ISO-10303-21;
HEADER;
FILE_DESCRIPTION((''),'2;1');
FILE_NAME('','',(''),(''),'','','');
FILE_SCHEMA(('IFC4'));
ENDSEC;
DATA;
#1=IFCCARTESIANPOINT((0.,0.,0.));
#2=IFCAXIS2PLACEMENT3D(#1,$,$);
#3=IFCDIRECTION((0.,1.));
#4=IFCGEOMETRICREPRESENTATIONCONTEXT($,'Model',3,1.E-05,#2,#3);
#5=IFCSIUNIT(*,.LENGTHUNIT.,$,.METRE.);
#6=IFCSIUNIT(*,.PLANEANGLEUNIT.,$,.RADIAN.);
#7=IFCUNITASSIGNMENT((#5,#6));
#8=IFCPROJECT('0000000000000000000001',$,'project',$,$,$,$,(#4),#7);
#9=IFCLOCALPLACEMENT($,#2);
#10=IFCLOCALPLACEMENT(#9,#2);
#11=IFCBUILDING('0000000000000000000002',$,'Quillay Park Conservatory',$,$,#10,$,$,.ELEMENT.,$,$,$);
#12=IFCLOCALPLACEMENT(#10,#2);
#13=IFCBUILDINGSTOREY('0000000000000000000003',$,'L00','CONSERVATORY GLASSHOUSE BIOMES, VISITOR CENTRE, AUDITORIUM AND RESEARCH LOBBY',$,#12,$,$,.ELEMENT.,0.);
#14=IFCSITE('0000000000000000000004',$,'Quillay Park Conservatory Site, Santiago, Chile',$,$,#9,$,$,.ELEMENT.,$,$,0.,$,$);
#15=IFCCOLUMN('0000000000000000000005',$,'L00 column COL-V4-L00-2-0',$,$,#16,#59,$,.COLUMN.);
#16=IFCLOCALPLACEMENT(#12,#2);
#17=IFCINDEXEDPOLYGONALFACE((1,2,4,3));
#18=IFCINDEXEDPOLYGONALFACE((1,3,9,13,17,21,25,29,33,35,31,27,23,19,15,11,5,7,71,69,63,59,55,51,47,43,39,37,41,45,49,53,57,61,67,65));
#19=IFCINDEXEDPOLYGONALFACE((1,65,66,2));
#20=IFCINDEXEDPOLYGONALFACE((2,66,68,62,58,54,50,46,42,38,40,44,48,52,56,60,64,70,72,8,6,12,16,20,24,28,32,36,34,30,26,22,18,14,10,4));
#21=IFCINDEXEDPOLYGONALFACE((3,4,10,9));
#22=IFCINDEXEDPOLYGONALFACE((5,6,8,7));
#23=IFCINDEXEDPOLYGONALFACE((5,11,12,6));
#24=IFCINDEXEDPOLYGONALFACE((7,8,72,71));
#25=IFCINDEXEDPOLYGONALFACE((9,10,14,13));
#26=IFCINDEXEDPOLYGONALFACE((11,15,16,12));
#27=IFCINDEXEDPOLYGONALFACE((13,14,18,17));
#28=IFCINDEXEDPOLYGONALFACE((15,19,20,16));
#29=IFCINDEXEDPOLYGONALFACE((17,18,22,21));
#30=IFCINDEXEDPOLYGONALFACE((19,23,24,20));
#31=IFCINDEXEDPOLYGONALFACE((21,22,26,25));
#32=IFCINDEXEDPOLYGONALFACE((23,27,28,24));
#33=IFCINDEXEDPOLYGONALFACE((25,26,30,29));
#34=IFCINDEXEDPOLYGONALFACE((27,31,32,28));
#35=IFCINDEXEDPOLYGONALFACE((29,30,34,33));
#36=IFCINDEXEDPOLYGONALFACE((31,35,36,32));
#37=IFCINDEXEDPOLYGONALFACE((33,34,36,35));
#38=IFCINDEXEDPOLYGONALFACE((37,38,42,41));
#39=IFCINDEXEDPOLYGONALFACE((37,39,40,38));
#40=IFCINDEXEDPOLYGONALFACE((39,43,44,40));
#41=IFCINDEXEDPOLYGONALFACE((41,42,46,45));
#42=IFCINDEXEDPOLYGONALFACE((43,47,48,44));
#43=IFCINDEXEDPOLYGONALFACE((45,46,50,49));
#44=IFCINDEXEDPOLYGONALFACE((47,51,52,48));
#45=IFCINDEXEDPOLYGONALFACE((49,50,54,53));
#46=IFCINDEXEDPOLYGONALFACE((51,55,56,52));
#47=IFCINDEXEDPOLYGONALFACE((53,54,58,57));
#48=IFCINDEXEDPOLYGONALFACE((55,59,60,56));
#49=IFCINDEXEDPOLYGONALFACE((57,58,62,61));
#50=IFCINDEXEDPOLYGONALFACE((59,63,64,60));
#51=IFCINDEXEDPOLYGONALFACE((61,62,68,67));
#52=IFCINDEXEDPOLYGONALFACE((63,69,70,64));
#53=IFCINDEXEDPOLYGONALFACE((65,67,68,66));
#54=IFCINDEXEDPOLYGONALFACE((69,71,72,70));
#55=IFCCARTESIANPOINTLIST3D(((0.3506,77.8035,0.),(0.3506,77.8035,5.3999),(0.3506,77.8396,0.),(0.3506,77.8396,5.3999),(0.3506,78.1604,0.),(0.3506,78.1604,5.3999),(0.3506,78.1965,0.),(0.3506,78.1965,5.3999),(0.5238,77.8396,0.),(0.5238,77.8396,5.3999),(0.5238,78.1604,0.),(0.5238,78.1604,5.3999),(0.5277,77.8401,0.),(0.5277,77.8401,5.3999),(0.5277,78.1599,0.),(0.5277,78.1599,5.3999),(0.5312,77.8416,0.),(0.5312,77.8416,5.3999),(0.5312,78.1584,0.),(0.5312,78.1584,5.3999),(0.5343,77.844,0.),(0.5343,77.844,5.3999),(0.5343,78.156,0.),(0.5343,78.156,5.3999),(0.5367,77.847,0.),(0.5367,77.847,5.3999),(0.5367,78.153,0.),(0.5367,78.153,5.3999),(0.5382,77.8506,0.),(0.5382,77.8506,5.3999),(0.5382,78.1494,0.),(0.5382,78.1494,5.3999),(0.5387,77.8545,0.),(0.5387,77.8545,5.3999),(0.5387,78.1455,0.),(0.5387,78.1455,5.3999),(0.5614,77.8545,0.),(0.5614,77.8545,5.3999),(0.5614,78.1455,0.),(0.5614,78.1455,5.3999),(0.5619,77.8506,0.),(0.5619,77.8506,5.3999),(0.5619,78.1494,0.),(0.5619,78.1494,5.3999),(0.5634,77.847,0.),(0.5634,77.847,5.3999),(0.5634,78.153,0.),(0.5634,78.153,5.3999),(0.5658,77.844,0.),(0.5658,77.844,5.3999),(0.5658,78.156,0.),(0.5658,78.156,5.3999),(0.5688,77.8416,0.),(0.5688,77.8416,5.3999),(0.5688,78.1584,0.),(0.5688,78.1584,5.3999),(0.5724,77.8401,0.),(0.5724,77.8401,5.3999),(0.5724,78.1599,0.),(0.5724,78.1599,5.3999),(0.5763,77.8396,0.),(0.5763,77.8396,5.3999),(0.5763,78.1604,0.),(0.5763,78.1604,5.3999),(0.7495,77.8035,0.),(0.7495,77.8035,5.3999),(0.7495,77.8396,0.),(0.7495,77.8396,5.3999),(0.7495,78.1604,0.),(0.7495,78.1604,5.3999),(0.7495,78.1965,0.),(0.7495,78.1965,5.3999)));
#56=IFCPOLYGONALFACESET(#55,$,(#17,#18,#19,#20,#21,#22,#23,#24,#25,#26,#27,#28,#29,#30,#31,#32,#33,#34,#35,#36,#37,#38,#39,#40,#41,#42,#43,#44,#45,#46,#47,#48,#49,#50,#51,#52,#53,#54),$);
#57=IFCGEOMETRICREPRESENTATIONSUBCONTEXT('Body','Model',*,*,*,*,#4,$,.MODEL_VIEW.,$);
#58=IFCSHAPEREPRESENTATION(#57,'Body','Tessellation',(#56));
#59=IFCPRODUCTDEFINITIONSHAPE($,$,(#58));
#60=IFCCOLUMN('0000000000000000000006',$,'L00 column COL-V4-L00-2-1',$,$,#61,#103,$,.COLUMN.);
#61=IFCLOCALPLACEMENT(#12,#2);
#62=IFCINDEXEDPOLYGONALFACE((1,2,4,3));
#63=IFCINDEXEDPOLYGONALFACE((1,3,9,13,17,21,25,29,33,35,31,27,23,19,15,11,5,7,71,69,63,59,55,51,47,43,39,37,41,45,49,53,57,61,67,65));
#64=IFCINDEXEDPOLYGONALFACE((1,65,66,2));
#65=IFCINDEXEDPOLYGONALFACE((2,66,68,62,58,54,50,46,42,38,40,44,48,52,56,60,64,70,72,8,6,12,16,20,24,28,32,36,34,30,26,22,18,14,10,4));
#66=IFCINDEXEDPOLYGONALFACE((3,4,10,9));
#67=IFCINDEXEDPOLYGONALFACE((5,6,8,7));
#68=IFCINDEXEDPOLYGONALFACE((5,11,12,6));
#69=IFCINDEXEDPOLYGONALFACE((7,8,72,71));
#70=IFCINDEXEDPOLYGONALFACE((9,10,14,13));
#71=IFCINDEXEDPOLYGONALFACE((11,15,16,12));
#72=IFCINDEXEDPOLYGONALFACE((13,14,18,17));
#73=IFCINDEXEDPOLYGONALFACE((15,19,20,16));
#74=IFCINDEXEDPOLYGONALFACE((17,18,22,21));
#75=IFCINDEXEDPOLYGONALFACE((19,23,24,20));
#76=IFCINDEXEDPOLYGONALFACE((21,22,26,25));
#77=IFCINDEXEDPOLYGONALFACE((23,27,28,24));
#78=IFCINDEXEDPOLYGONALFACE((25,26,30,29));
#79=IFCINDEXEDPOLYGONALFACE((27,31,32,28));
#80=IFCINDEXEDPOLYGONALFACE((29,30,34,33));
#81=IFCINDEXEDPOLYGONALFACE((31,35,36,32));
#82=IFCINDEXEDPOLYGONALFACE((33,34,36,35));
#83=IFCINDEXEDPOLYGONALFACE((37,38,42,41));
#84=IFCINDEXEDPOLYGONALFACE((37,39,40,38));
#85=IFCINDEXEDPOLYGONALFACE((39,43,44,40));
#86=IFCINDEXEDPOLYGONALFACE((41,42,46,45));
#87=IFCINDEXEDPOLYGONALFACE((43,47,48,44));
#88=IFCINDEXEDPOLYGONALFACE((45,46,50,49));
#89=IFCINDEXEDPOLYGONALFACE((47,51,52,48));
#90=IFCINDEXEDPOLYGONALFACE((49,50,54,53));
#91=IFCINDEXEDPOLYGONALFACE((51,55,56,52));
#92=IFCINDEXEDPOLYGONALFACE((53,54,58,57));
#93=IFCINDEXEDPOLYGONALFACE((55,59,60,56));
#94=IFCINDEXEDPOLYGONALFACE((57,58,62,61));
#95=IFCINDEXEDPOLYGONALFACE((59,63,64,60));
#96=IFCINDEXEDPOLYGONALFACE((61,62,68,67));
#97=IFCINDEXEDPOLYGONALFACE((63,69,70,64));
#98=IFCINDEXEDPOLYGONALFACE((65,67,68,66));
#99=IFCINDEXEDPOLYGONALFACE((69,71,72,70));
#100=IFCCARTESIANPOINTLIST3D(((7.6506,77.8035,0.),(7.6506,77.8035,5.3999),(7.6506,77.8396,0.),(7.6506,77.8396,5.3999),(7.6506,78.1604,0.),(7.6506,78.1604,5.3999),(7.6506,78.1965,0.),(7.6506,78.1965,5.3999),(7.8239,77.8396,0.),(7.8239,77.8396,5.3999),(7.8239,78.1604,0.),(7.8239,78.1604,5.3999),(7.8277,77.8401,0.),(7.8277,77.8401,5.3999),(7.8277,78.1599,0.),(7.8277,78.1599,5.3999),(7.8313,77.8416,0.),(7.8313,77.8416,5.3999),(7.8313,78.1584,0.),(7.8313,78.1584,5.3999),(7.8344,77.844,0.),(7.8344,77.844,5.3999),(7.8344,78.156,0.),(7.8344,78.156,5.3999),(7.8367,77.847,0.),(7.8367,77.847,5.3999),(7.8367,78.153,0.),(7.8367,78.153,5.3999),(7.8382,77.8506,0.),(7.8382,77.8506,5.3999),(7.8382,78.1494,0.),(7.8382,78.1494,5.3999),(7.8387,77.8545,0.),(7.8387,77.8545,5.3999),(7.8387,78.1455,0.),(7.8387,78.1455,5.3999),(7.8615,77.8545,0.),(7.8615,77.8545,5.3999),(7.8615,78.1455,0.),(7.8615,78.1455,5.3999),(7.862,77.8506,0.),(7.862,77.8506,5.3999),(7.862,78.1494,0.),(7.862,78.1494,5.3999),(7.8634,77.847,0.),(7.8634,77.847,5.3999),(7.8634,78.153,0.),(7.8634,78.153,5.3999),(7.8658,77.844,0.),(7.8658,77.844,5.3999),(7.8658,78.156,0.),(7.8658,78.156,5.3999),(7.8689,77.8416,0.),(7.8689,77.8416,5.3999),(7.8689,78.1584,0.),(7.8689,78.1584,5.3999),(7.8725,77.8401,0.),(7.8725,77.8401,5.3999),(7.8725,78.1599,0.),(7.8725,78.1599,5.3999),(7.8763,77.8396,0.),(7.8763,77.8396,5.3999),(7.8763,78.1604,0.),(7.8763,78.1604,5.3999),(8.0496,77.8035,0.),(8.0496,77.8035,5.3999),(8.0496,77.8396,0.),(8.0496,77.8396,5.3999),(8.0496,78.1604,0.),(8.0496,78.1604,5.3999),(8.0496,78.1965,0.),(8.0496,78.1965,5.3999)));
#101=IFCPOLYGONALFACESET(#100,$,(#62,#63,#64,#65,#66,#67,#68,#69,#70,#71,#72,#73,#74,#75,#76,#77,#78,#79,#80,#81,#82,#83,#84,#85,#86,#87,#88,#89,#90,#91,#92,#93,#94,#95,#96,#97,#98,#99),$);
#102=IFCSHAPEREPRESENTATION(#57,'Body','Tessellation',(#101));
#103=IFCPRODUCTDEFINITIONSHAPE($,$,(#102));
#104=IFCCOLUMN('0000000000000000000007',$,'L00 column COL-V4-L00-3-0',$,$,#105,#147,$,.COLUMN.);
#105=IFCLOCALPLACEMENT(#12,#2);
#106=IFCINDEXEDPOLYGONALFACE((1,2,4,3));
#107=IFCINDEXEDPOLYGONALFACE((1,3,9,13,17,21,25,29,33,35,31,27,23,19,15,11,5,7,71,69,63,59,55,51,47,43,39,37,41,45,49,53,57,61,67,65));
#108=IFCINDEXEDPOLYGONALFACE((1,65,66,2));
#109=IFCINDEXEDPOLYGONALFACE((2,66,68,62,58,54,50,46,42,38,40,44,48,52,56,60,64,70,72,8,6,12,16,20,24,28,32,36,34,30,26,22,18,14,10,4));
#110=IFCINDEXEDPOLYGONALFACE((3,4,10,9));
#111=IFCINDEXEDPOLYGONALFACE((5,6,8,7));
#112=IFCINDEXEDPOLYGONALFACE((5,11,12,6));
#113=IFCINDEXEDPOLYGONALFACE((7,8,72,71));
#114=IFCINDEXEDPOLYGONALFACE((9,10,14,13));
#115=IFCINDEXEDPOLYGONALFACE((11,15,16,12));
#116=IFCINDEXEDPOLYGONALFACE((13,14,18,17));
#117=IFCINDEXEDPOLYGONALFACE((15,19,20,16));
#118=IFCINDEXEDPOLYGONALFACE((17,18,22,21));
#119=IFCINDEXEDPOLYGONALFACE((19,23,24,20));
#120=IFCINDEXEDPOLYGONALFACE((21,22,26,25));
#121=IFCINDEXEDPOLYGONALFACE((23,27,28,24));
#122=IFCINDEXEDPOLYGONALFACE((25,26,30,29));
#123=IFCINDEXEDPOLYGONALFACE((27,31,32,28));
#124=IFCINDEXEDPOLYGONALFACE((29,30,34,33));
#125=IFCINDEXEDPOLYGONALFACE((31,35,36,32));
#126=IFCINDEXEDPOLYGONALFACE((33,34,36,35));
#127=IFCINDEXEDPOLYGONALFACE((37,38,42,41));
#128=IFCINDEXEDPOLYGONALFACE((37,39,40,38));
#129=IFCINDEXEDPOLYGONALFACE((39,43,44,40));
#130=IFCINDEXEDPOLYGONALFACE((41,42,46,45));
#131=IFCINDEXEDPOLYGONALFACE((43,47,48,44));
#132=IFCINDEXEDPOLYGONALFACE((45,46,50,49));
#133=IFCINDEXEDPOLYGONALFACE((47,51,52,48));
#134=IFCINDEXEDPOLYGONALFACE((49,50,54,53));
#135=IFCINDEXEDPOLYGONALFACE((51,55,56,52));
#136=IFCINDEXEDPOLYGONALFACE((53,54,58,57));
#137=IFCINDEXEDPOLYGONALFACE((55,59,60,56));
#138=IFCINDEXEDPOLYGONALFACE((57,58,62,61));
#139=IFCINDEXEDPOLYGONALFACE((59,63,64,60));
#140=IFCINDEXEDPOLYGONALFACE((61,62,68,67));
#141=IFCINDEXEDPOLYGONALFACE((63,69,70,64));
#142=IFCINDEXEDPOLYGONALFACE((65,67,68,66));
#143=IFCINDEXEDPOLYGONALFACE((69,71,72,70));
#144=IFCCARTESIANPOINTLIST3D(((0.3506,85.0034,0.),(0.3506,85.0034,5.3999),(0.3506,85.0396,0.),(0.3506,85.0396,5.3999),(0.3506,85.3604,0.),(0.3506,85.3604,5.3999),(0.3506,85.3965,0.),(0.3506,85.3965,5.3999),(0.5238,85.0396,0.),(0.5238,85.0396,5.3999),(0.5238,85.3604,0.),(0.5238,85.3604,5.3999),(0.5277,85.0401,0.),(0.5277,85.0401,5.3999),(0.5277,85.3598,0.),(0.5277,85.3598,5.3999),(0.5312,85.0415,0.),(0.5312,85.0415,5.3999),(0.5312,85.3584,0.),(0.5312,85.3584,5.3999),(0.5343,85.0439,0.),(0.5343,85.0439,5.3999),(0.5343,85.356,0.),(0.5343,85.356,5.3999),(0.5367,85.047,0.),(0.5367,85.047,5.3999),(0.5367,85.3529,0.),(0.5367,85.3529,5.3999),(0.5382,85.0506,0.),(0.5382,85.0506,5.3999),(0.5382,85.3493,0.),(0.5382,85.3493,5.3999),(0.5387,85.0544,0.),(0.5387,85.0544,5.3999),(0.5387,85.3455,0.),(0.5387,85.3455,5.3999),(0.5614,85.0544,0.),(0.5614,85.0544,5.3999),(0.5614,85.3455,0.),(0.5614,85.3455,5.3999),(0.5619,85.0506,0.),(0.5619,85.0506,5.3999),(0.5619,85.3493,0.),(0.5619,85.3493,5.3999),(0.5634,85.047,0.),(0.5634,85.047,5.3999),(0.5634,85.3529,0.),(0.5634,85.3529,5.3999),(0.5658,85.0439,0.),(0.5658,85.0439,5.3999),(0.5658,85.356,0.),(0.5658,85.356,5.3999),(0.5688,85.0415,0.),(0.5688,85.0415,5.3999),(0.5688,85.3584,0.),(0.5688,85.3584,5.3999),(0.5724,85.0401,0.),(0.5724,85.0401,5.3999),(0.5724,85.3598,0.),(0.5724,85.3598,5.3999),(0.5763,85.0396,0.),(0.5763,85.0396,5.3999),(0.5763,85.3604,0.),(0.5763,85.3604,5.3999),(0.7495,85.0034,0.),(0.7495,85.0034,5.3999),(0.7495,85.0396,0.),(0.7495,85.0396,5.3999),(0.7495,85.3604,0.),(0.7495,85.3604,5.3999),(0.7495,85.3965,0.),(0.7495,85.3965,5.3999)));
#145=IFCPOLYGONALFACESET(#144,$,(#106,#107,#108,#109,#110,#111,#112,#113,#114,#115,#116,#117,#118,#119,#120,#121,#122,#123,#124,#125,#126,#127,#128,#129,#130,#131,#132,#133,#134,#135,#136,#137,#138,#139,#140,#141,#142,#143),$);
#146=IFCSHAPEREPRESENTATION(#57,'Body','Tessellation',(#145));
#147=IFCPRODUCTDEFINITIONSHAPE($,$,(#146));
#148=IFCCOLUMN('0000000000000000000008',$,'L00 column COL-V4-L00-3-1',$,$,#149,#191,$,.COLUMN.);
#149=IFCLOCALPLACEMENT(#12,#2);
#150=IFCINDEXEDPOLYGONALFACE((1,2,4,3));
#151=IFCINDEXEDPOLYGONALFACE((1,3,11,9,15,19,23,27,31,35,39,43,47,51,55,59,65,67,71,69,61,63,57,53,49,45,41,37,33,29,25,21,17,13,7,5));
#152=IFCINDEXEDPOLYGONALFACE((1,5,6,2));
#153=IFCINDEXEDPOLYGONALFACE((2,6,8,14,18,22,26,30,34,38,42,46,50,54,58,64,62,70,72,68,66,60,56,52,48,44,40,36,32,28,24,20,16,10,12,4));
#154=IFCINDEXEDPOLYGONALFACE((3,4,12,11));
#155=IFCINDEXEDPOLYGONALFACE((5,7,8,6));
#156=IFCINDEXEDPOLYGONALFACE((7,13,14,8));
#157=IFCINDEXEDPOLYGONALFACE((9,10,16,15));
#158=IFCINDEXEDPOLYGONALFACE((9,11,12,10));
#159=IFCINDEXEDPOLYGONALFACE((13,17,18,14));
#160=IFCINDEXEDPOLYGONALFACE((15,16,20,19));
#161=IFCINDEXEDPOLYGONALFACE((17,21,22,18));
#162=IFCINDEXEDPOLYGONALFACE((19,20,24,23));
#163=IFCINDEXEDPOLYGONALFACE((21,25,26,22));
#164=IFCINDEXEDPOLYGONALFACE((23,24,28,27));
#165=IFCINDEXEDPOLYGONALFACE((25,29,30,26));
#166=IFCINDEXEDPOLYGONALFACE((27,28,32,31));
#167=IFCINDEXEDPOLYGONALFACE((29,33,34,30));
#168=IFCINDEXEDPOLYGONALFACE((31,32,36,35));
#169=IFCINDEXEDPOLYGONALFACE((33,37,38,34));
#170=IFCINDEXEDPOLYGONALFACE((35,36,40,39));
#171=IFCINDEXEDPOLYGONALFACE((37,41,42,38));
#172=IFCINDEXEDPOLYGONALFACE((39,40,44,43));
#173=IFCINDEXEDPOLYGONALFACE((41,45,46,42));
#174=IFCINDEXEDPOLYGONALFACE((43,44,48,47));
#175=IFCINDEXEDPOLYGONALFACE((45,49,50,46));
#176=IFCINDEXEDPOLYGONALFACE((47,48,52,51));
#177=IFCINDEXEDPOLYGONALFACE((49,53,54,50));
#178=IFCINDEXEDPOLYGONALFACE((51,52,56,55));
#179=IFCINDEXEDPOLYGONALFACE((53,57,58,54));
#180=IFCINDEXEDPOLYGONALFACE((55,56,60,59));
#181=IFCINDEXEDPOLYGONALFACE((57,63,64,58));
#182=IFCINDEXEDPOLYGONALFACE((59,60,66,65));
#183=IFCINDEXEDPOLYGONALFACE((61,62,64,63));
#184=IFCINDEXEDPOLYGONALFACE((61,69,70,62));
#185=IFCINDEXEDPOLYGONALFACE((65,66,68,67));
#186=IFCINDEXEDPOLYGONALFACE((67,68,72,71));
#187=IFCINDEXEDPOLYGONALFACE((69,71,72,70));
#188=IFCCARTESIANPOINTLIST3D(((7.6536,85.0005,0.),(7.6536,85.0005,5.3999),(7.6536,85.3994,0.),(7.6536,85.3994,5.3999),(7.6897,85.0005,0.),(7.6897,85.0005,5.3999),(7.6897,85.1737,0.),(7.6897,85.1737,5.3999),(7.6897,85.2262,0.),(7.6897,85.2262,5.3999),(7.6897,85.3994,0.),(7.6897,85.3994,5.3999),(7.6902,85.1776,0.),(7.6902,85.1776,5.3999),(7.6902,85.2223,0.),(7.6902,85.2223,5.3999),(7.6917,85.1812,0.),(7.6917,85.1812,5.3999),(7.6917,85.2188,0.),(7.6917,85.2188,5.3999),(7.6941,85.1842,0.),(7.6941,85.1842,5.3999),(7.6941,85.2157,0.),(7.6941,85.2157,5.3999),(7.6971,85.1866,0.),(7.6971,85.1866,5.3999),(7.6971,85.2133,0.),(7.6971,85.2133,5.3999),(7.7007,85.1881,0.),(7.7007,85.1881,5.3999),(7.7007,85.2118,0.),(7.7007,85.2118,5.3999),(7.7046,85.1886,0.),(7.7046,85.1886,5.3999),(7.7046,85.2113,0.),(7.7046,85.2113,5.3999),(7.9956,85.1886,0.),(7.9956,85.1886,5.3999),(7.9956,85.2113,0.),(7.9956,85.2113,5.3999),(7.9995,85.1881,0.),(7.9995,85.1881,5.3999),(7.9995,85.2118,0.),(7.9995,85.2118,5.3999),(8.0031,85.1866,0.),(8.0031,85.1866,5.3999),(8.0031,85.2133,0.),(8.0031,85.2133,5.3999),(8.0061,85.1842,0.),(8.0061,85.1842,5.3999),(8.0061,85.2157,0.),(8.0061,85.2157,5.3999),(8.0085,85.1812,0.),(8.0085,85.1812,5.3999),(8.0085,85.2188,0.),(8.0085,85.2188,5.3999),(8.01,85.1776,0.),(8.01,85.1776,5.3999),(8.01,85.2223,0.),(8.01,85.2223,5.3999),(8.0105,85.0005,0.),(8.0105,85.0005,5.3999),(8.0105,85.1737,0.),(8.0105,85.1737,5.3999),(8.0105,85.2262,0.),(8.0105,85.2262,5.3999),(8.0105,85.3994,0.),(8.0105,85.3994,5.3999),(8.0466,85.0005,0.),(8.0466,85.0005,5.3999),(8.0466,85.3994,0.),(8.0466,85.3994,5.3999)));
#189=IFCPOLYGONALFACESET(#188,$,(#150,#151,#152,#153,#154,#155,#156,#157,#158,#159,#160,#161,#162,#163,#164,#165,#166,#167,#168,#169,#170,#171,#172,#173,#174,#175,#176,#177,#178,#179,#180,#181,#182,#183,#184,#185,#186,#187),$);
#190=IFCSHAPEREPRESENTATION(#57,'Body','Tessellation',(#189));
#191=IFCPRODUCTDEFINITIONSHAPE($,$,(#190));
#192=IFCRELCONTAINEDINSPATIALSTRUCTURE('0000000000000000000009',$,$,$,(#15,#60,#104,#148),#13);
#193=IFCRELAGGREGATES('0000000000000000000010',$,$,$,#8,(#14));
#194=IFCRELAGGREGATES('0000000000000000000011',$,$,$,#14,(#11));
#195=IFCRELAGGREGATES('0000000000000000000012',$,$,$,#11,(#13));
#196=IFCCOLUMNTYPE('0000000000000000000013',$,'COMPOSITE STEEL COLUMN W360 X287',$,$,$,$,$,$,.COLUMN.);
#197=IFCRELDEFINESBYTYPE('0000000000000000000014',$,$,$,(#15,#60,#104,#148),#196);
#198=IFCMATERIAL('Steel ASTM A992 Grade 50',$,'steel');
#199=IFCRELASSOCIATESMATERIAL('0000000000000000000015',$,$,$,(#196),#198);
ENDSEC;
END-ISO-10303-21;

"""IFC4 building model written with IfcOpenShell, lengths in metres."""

from ifc_helpers import new_model, si_unit, direction, frame, origin, origin_2d, place, context, subcontext, project, spatial, i_section, extrude, material, material_profile, profile_set, type_object, element, save


model = new_model("IFC4")

# Units and contexts
model_context = context("Model", 3, precision=1e-05, world=origin(), true_north=direction((0.0, 1.0)))
body_context = subcontext(model_context, "Body", "Model", "MODEL_VIEW")
ifc_project = project(units=[si_unit("LENGTHUNIT", "METRE"), si_unit("PLANEANGLEUNIT", "RADIAN")], contexts=[model_context])

# Site, building, storey
site_placement = place(None, origin())
site = spatial("IfcSite", under=ifc_project, at=site_placement, Name="Quillay Park Conservatory Site, Santiago, Chile", CompositionType="ELEMENT", RefElevation=0.0)
building_placement = place(site_placement, origin())
building = spatial("IfcBuilding", under=site, at=building_placement, Name="Quillay Park Conservatory", CompositionType="ELEMENT")
storey_placement = place(building_placement, origin())
storey = spatial("IfcBuildingStorey", under=building, at=storey_placement, Name="L00", Description="CONSERVATORY GLASSHOUSE BIOMES, VISITOR CENTRE, AUDITORIUM AND RESEARCH LOBBY", CompositionType="ELEMENT", Elevation=0.0)

# Columns
ifc_material_1 = material(Name="Steel ASTM A992 Grade 50", Category="steel")
ifc_material_profile_1 = material_profile(ifc_material_1, i_section(OverallWidth=0.3989, OverallDepth=0.3931, WebThickness=0.0227, FlangeThickness=0.0361, FilletRadius=0.0149, at=origin_2d()), Name="W360x287")
ifc_profile_set_1 = profile_set([ifc_material_profile_1], Name="Steel ASTM A992 Grade 50")
column_type = type_object("IfcColumnType", Name="COMPOSITE STEEL COLUMN W360 X287", PredefinedType="COLUMN", material=ifc_profile_set_1)
for number, where, z_axis, x_axis, name in (
    (1, (0.55, 78.0, 0.0), (0.0, 0.0, 1.0), (1.0, 0.0, 0.0), "L00 column COL-V4-L00-2-0"),
    (2, (7.8501, 78.0, 0.0), (0.0, 0.0, 1.0), (1.0, 0.0, 0.0), "L00 column COL-V4-L00-2-1"),
    (3, (0.55, 85.2, 0.0), (0.0, 0.0, 1.0), (1.0, 0.0, 0.0), "L00 column COL-V4-L00-3-0"),
    (4, (7.8501, 85.2, 0.0), (0.0, 0.0, 1.0), (0.0, 1.0, 0.0), "L00 column COL-V4-L00-3-1"),
):
    element("IfcColumn", number, at=place(storey_placement, frame(where, z_axis=z_axis, x_axis=x_axis)), inside=storey, type_object=column_type, Name=name, PredefinedType="COLUMN", context=body_context, shape_type="SweptSolid", body=[
        extrude(i_section(OverallWidth=0.3989, OverallDepth=0.3931, WebThickness=0.0227, FlangeThickness=0.0361, FilletRadius=0.0149, at=origin_2d()), origin(), (0.0, 0.0, 1.0), 5.3999),
    ])

save(model, "model.ifc")
